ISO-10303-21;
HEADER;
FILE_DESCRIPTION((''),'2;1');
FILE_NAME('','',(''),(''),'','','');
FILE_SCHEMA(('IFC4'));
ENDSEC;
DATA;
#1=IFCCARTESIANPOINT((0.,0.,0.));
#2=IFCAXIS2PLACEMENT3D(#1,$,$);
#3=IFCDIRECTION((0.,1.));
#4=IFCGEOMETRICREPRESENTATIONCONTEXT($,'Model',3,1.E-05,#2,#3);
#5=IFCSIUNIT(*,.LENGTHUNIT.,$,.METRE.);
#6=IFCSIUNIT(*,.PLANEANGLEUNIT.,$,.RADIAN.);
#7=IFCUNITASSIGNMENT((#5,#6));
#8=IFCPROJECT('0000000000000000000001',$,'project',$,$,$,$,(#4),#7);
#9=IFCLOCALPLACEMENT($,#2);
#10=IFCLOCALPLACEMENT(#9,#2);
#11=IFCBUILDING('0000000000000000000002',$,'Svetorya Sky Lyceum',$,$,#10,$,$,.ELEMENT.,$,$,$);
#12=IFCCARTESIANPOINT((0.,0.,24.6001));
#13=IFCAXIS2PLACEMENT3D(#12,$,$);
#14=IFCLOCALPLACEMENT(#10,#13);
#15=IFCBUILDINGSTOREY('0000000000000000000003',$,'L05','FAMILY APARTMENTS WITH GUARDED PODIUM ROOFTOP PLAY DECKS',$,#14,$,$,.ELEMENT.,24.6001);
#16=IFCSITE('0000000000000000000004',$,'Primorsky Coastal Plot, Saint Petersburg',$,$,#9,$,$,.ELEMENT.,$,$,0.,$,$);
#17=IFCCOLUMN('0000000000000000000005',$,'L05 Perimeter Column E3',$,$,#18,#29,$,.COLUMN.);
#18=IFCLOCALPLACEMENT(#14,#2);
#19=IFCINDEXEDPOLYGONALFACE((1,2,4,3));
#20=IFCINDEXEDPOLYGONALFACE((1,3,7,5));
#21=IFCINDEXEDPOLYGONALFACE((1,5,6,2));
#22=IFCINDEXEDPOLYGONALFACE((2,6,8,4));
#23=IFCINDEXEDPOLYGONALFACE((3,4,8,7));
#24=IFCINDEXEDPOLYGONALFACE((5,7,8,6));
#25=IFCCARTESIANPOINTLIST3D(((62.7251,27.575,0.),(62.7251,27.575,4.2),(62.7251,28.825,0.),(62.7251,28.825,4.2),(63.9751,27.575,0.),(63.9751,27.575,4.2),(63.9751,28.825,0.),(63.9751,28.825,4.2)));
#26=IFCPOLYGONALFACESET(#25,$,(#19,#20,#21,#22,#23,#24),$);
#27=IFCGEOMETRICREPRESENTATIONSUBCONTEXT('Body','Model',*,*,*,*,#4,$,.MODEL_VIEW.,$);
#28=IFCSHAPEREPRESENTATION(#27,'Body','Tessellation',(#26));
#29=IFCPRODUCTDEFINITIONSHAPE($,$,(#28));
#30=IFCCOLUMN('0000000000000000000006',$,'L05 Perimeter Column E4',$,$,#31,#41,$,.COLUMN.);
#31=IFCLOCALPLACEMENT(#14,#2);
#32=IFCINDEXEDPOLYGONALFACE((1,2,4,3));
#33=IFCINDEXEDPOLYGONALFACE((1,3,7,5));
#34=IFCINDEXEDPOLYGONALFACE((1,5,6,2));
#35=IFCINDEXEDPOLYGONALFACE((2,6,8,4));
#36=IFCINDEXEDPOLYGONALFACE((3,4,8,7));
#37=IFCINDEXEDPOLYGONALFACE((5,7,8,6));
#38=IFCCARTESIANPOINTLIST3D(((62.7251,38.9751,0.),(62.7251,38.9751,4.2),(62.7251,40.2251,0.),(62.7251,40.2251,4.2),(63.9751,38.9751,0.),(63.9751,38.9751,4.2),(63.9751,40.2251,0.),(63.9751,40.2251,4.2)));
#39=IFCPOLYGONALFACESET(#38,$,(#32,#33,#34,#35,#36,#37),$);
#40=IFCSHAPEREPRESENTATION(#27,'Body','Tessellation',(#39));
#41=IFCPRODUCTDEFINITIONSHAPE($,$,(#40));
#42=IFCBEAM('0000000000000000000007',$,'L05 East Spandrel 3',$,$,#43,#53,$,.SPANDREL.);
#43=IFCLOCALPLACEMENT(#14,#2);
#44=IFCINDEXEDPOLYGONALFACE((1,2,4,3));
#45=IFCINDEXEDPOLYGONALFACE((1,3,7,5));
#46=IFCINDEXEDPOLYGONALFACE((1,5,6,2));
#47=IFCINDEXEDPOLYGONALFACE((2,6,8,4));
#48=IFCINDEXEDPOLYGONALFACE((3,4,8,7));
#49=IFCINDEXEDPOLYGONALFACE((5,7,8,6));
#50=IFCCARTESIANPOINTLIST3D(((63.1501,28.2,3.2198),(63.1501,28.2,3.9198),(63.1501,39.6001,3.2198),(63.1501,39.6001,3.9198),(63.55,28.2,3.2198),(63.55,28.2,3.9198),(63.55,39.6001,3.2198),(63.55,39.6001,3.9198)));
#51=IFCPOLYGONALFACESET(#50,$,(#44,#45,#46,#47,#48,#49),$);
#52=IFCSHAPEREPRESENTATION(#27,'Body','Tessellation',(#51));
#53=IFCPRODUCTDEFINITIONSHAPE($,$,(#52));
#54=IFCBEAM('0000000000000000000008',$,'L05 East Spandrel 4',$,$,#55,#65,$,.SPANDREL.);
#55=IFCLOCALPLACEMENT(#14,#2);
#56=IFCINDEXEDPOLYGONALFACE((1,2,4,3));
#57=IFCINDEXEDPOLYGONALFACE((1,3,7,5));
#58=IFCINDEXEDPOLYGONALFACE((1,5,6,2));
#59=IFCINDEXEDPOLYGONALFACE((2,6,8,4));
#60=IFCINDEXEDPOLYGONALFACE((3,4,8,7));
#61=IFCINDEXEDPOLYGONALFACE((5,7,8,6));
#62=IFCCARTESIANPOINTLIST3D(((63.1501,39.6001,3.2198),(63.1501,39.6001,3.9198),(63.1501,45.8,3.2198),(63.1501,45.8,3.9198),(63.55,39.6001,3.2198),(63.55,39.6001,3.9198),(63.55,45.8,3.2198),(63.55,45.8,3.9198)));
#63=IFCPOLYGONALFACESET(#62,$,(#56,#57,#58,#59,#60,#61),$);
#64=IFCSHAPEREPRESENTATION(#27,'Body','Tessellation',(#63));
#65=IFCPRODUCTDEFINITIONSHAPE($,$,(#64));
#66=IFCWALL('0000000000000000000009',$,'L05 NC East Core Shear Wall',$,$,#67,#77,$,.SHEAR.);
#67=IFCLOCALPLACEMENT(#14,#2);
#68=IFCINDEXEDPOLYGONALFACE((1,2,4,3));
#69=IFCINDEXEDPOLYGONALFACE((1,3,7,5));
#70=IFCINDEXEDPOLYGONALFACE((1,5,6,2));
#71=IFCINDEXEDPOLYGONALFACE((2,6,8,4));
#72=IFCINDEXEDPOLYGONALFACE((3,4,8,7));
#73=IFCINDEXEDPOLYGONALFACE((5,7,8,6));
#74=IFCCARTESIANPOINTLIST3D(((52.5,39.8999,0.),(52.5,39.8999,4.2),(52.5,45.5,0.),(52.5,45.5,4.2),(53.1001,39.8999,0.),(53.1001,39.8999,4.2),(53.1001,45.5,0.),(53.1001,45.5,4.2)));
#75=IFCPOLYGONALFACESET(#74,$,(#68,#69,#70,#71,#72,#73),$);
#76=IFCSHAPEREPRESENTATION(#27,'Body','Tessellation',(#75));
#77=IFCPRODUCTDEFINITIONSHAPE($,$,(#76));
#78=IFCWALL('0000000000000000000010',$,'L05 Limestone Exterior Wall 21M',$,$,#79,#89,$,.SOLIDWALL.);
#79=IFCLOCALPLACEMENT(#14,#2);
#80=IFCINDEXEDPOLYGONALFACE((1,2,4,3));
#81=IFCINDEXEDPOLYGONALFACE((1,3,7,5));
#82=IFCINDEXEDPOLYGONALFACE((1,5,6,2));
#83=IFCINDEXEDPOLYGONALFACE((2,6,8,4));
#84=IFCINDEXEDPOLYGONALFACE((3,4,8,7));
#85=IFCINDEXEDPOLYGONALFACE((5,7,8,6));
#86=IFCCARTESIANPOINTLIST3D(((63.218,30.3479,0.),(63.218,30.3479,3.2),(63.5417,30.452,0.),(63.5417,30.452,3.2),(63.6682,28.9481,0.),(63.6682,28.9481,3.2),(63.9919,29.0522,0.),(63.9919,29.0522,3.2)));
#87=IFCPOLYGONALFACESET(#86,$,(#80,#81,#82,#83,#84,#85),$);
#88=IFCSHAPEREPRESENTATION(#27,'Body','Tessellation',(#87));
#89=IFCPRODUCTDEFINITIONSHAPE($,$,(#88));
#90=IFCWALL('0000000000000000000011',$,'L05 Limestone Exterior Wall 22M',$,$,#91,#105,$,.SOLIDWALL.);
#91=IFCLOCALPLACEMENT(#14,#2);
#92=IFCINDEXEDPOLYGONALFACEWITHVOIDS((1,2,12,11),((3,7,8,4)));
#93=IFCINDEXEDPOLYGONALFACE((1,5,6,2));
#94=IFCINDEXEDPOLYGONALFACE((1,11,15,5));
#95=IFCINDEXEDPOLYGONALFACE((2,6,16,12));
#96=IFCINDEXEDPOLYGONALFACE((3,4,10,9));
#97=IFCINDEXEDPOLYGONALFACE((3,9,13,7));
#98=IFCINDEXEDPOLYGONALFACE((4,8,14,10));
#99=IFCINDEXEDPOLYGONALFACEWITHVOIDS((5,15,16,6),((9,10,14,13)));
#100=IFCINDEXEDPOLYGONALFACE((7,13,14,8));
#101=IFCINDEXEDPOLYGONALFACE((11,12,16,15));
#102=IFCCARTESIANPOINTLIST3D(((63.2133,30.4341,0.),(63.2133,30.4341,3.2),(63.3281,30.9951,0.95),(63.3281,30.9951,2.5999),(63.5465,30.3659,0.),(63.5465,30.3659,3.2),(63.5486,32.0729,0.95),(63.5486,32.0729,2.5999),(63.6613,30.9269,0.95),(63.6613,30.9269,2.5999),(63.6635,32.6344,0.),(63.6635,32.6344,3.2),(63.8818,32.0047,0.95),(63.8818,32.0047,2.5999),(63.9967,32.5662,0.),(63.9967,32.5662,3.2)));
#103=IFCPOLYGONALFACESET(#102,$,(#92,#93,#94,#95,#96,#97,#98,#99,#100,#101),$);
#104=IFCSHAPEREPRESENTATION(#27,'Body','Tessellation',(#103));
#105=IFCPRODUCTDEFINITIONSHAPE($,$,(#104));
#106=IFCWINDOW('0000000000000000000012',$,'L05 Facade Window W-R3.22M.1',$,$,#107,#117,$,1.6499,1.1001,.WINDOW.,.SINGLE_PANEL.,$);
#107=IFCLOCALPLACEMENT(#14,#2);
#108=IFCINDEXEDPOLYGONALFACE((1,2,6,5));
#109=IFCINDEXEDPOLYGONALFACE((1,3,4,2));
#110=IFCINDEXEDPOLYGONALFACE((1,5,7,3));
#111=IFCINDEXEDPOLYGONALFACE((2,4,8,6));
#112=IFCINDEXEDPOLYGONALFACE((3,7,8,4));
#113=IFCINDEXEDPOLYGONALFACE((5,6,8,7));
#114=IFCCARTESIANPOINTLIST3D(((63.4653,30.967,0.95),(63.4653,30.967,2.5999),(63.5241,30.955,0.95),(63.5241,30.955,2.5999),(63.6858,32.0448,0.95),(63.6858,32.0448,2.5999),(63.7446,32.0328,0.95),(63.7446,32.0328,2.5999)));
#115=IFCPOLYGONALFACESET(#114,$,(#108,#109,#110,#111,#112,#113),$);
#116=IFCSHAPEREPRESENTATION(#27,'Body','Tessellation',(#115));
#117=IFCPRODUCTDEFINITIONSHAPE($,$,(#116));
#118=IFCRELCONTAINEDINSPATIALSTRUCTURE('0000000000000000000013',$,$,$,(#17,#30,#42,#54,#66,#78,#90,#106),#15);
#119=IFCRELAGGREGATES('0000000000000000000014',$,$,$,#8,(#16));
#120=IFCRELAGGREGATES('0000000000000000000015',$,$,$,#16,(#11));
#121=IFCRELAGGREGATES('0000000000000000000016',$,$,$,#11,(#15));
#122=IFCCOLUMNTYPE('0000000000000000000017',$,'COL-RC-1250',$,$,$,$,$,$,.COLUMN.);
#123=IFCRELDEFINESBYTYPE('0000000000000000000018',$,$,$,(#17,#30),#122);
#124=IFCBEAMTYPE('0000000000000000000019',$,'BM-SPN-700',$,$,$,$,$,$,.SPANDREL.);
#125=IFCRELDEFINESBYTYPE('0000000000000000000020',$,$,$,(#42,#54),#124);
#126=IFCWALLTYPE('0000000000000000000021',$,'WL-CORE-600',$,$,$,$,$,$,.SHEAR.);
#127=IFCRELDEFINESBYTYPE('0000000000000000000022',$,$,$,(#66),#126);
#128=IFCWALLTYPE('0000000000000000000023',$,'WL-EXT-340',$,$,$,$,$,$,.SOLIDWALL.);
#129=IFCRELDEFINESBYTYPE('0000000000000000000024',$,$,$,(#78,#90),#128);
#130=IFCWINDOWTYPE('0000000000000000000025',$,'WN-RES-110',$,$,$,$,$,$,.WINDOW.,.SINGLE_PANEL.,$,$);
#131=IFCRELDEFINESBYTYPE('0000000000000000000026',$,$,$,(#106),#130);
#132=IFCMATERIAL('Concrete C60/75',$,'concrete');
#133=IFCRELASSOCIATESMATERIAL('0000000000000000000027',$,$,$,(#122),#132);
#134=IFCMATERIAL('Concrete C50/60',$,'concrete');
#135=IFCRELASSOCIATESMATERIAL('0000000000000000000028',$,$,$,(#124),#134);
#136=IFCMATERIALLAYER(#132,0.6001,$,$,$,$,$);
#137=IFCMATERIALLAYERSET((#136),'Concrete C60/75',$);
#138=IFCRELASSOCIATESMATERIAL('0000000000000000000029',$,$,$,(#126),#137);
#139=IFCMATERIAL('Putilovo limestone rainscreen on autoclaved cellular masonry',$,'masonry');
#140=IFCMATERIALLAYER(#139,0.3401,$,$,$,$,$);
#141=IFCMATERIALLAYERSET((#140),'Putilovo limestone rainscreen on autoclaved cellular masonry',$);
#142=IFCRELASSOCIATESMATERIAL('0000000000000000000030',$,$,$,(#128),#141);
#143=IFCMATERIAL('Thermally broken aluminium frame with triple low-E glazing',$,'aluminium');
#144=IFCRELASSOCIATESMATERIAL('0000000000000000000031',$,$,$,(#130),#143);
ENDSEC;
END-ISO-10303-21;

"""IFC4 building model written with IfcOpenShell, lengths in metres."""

from ifc_helpers import new_model, si_unit, direction, frame, frame_2d, origin, origin_2d, place, context, subcontext, project, spatial, rectangle, extrude, material, layer, layer_set, material_profile, profile_set, type_object, element, fill, save


model = new_model("IFC4")

# Units and contexts
model_context = context("Model", 3, precision=1e-05, world=origin(), true_north=direction((0.0, 1.0)))
body_context = subcontext(model_context, "Body", "Model", "MODEL_VIEW")
ifc_project = project(units=[si_unit("LENGTHUNIT", "METRE"), si_unit("PLANEANGLEUNIT", "RADIAN")], contexts=[model_context])

# Site, building, storey
site_placement = place(None, origin())
site = spatial("IfcSite", under=ifc_project, at=site_placement, Name="Primorsky Coastal Plot, Saint Petersburg", CompositionType="ELEMENT", RefElevation=0.0)
building_placement = place(site_placement, origin())
building = spatial("IfcBuilding", under=site, at=building_placement, Name="Svetorya Sky Lyceum", CompositionType="ELEMENT")
storey_placement = place(building_placement, frame((0.0, 0.0, 24.6001)))
storey = spatial("IfcBuildingStorey", under=building, at=storey_placement, Name="L05", Description="FAMILY APARTMENTS WITH GUARDED PODIUM ROOFTOP PLAY DECKS", CompositionType="ELEMENT", Elevation=24.6001)

# Columns
ifc_material_1 = material(Name="Concrete C60/75", Category="concrete")
ifc_material_profile_1 = material_profile(ifc_material_1, rectangle(XDim=1.25, YDim=1.25, at=origin_2d()), Name="RC COL 1250x1250")
ifc_profile_set_1 = profile_set([ifc_material_profile_1], Name="Concrete C60/75")
column_type = type_object("IfcColumnType", Name="COL-RC-1250", PredefinedType="COLUMN", material=ifc_profile_set_1)
for number, where, z_axis, x_axis, name in (
    (1, (63.3501, 28.2, 0.0), (0.0, 0.0, 1.0), (1.0, 0.0, 0.0), "L05 Perimeter Column E3"),
    (2, (63.3501, 39.6001, 0.0), (0.0, 0.0, 1.0), (1.0, 0.0, 0.0), "L05 Perimeter Column E4"),
):
    element("IfcColumn", number, at=place(storey_placement, frame(where, z_axis=z_axis, x_axis=x_axis)), inside=storey, type_object=column_type, Name=name, PredefinedType="COLUMN", context=body_context, shape_type="SweptSolid", body=[
        extrude(rectangle(XDim=1.25, YDim=1.25, at=origin_2d()), origin(), (0.0, 0.0, 1.0), 4.2),
    ])

# Beams
ifc_material_2 = material(Name="Concrete C50/60", Category="concrete")
ifc_material_profile_2 = material_profile(ifc_material_2, rectangle(XDim=0.3999, YDim=0.7, at=origin_2d()), Name="RC SPANDREL 400x700")
ifc_profile_set_2 = profile_set([ifc_material_profile_2], Name="Concrete C50/60")
beam_type = type_object("IfcBeamType", Name="BM-SPN-700", PredefinedType="SPANDREL", material=ifc_profile_set_2)
beam_1_placement = place(storey_placement, frame((63.3501, 28.2, 3.5698), z_axis=(0.0, 1.0, 0.0), x_axis=(-1.0, 0.0, 0.0)))
element("IfcBeam", 3, at=beam_1_placement, inside=storey, type_object=beam_type, Name="L05 East Spandrel 3", PredefinedType="SPANDREL", context=body_context, shape_type="SweptSolid", body=[
    extrude(rectangle(XDim=0.3999, YDim=0.7, at=origin_2d()), origin(), (0.0, 0.0, 1.0), 11.4001),
])
beam_2_placement = place(storey_placement, frame((63.3501, 39.6001, 3.5698), z_axis=(0.0, 1.0, 0.0), x_axis=(-1.0, 0.0, 0.0)))
element("IfcBeam", 4, at=beam_2_placement, inside=storey, type_object=beam_type, Name="L05 East Spandrel 4", PredefinedType="SPANDREL", context=body_context, shape_type="SweptSolid", body=[
    extrude(rectangle(XDim=0.3999, YDim=0.7, at=origin_2d()), origin(), (0.0, 0.0, 1.0), 6.2),
])

# Walls
ifc_layer_1 = layer(ifc_material_1, 0.6001)
ifc_layer_set_1 = layer_set([ifc_layer_1], Name="Concrete C60/75")
wall_type_1 = type_object("IfcWallType", Name="WL-CORE-600", PredefinedType="SHEAR", material=ifc_layer_set_1)
wall_1_placement = place(storey_placement, frame((52.8, 39.8999, 0.0), z_axis=(0.0, 0.0, 1.0), x_axis=(0.0, 1.0, 0.0)))
element("IfcWall", 5, at=wall_1_placement, inside=storey, type_object=wall_type_1, Name="L05 NC East Core Shear Wall", PredefinedType="SHEAR", context=body_context, shape_type="SweptSolid", body=[
    extrude(rectangle(XDim=5.6001, YDim=0.6001, at=frame_2d((2.8, 0.0))), origin(), (0.0, 0.0, 1.0), 4.2),
])
ifc_material_3 = material(Name="Putilovo limestone rainscreen on autoclaved cellular masonry", Category="masonry")
ifc_layer_2 = layer(ifc_material_3, 0.3401)
ifc_layer_set_2 = layer_set([ifc_layer_2], Name="Putilovo limestone rainscreen on autoclaved cellular masonry")
wall_type_2 = type_object("IfcWallType", Name="WL-EXT-340", PredefinedType="SOLIDWALL", material=ifc_layer_set_2)
wall_2_placement = place(storey_placement, frame((63.8301, 29.0, 0.0), z_axis=(0.0, 0.0, 1.0), x_axis=(-0.306149, 0.951984, 0.0)))
element("IfcWall", 6, at=wall_2_placement, inside=storey, type_object=wall_type_2, Name="L05 Limestone Exterior Wall 21M", PredefinedType="SOLIDWALL", context=body_context, shape_type="SweptSolid", body=[
    extrude(rectangle(XDim=1.4705, YDim=0.3401, at=frame_2d((0.7354, 0.0))), origin(), (0.0, 0.0, 1.0), 3.2),
])

# Wall, opening, window
wall_3_placement = place(storey_placement, frame((63.3799, 30.3999, 0.0), z_axis=(0.0, 0.0, 1.0), x_axis=(0.200463, 0.979701, 0.0)))
wall_3 = element("IfcWall", 7, at=wall_3_placement, inside=storey, type_object=wall_type_2, Name="L05 Limestone Exterior Wall 22M", PredefinedType="SOLIDWALL", context=body_context, shape_type="SweptSolid", body=[
    extrude(rectangle(XDim=2.2458, YDim=0.3401, at=frame_2d((1.123, 0.0))), origin(), (0.0, 0.0, 1.0), 3.2),
])
opening_1_placement = place(wall_3_placement, frame((0.5728, 0.0, 0.95)))
opening_1 = element("IfcOpeningElement", 8, at=opening_1_placement, cuts=wall_3, PredefinedType="OPENING", context=body_context, shape_type="SweptSolid", body=[
    extrude(rectangle(XDim=1.1001, YDim=1.6499, at=frame_2d((0.55, 0.825))), frame((0.0, 0.1799, 0.0), z_axis=(0.0, -1.0, 0.0), x_axis=(1.0, 0.0, 0.0)), (0.0, 0.0, 1.0), 0.3601),
])
ifc_material_4 = material(Name="Thermally broken aluminium frame with triple low-E glazing", Category="aluminium")
window_type_1 = type_object("IfcWindowType", Name="WN-RES-110", PartitioningType="SINGLE_PANEL", PredefinedType="WINDOW", material=ifc_material_4)
window_1_placement = place(opening_1_placement, origin())
window_1 = element("IfcWindow", 9, at=window_1_placement, inside=storey, type_object=window_type_1, Name="L05 Facade Window W-R3.22M.1", OverallHeight=1.6499, OverallWidth=1.1001, PartitioningType="SINGLE_PANEL", PredefinedType="WINDOW", context=body_context, shape_type="SweptSolid", body=[
    extrude(rectangle(XDim=1.1001, YDim=1.6499, at=frame_2d((0.55, 0.825))), frame((0.0, 0.03, 0.0), z_axis=(0.0, -1.0, 0.0), x_axis=(1.0, 0.0, 0.0)), (0.0, 0.0, 1.0), 0.0601),
])
fill(opening_1, window_1)

save(model, "model.ifc")
